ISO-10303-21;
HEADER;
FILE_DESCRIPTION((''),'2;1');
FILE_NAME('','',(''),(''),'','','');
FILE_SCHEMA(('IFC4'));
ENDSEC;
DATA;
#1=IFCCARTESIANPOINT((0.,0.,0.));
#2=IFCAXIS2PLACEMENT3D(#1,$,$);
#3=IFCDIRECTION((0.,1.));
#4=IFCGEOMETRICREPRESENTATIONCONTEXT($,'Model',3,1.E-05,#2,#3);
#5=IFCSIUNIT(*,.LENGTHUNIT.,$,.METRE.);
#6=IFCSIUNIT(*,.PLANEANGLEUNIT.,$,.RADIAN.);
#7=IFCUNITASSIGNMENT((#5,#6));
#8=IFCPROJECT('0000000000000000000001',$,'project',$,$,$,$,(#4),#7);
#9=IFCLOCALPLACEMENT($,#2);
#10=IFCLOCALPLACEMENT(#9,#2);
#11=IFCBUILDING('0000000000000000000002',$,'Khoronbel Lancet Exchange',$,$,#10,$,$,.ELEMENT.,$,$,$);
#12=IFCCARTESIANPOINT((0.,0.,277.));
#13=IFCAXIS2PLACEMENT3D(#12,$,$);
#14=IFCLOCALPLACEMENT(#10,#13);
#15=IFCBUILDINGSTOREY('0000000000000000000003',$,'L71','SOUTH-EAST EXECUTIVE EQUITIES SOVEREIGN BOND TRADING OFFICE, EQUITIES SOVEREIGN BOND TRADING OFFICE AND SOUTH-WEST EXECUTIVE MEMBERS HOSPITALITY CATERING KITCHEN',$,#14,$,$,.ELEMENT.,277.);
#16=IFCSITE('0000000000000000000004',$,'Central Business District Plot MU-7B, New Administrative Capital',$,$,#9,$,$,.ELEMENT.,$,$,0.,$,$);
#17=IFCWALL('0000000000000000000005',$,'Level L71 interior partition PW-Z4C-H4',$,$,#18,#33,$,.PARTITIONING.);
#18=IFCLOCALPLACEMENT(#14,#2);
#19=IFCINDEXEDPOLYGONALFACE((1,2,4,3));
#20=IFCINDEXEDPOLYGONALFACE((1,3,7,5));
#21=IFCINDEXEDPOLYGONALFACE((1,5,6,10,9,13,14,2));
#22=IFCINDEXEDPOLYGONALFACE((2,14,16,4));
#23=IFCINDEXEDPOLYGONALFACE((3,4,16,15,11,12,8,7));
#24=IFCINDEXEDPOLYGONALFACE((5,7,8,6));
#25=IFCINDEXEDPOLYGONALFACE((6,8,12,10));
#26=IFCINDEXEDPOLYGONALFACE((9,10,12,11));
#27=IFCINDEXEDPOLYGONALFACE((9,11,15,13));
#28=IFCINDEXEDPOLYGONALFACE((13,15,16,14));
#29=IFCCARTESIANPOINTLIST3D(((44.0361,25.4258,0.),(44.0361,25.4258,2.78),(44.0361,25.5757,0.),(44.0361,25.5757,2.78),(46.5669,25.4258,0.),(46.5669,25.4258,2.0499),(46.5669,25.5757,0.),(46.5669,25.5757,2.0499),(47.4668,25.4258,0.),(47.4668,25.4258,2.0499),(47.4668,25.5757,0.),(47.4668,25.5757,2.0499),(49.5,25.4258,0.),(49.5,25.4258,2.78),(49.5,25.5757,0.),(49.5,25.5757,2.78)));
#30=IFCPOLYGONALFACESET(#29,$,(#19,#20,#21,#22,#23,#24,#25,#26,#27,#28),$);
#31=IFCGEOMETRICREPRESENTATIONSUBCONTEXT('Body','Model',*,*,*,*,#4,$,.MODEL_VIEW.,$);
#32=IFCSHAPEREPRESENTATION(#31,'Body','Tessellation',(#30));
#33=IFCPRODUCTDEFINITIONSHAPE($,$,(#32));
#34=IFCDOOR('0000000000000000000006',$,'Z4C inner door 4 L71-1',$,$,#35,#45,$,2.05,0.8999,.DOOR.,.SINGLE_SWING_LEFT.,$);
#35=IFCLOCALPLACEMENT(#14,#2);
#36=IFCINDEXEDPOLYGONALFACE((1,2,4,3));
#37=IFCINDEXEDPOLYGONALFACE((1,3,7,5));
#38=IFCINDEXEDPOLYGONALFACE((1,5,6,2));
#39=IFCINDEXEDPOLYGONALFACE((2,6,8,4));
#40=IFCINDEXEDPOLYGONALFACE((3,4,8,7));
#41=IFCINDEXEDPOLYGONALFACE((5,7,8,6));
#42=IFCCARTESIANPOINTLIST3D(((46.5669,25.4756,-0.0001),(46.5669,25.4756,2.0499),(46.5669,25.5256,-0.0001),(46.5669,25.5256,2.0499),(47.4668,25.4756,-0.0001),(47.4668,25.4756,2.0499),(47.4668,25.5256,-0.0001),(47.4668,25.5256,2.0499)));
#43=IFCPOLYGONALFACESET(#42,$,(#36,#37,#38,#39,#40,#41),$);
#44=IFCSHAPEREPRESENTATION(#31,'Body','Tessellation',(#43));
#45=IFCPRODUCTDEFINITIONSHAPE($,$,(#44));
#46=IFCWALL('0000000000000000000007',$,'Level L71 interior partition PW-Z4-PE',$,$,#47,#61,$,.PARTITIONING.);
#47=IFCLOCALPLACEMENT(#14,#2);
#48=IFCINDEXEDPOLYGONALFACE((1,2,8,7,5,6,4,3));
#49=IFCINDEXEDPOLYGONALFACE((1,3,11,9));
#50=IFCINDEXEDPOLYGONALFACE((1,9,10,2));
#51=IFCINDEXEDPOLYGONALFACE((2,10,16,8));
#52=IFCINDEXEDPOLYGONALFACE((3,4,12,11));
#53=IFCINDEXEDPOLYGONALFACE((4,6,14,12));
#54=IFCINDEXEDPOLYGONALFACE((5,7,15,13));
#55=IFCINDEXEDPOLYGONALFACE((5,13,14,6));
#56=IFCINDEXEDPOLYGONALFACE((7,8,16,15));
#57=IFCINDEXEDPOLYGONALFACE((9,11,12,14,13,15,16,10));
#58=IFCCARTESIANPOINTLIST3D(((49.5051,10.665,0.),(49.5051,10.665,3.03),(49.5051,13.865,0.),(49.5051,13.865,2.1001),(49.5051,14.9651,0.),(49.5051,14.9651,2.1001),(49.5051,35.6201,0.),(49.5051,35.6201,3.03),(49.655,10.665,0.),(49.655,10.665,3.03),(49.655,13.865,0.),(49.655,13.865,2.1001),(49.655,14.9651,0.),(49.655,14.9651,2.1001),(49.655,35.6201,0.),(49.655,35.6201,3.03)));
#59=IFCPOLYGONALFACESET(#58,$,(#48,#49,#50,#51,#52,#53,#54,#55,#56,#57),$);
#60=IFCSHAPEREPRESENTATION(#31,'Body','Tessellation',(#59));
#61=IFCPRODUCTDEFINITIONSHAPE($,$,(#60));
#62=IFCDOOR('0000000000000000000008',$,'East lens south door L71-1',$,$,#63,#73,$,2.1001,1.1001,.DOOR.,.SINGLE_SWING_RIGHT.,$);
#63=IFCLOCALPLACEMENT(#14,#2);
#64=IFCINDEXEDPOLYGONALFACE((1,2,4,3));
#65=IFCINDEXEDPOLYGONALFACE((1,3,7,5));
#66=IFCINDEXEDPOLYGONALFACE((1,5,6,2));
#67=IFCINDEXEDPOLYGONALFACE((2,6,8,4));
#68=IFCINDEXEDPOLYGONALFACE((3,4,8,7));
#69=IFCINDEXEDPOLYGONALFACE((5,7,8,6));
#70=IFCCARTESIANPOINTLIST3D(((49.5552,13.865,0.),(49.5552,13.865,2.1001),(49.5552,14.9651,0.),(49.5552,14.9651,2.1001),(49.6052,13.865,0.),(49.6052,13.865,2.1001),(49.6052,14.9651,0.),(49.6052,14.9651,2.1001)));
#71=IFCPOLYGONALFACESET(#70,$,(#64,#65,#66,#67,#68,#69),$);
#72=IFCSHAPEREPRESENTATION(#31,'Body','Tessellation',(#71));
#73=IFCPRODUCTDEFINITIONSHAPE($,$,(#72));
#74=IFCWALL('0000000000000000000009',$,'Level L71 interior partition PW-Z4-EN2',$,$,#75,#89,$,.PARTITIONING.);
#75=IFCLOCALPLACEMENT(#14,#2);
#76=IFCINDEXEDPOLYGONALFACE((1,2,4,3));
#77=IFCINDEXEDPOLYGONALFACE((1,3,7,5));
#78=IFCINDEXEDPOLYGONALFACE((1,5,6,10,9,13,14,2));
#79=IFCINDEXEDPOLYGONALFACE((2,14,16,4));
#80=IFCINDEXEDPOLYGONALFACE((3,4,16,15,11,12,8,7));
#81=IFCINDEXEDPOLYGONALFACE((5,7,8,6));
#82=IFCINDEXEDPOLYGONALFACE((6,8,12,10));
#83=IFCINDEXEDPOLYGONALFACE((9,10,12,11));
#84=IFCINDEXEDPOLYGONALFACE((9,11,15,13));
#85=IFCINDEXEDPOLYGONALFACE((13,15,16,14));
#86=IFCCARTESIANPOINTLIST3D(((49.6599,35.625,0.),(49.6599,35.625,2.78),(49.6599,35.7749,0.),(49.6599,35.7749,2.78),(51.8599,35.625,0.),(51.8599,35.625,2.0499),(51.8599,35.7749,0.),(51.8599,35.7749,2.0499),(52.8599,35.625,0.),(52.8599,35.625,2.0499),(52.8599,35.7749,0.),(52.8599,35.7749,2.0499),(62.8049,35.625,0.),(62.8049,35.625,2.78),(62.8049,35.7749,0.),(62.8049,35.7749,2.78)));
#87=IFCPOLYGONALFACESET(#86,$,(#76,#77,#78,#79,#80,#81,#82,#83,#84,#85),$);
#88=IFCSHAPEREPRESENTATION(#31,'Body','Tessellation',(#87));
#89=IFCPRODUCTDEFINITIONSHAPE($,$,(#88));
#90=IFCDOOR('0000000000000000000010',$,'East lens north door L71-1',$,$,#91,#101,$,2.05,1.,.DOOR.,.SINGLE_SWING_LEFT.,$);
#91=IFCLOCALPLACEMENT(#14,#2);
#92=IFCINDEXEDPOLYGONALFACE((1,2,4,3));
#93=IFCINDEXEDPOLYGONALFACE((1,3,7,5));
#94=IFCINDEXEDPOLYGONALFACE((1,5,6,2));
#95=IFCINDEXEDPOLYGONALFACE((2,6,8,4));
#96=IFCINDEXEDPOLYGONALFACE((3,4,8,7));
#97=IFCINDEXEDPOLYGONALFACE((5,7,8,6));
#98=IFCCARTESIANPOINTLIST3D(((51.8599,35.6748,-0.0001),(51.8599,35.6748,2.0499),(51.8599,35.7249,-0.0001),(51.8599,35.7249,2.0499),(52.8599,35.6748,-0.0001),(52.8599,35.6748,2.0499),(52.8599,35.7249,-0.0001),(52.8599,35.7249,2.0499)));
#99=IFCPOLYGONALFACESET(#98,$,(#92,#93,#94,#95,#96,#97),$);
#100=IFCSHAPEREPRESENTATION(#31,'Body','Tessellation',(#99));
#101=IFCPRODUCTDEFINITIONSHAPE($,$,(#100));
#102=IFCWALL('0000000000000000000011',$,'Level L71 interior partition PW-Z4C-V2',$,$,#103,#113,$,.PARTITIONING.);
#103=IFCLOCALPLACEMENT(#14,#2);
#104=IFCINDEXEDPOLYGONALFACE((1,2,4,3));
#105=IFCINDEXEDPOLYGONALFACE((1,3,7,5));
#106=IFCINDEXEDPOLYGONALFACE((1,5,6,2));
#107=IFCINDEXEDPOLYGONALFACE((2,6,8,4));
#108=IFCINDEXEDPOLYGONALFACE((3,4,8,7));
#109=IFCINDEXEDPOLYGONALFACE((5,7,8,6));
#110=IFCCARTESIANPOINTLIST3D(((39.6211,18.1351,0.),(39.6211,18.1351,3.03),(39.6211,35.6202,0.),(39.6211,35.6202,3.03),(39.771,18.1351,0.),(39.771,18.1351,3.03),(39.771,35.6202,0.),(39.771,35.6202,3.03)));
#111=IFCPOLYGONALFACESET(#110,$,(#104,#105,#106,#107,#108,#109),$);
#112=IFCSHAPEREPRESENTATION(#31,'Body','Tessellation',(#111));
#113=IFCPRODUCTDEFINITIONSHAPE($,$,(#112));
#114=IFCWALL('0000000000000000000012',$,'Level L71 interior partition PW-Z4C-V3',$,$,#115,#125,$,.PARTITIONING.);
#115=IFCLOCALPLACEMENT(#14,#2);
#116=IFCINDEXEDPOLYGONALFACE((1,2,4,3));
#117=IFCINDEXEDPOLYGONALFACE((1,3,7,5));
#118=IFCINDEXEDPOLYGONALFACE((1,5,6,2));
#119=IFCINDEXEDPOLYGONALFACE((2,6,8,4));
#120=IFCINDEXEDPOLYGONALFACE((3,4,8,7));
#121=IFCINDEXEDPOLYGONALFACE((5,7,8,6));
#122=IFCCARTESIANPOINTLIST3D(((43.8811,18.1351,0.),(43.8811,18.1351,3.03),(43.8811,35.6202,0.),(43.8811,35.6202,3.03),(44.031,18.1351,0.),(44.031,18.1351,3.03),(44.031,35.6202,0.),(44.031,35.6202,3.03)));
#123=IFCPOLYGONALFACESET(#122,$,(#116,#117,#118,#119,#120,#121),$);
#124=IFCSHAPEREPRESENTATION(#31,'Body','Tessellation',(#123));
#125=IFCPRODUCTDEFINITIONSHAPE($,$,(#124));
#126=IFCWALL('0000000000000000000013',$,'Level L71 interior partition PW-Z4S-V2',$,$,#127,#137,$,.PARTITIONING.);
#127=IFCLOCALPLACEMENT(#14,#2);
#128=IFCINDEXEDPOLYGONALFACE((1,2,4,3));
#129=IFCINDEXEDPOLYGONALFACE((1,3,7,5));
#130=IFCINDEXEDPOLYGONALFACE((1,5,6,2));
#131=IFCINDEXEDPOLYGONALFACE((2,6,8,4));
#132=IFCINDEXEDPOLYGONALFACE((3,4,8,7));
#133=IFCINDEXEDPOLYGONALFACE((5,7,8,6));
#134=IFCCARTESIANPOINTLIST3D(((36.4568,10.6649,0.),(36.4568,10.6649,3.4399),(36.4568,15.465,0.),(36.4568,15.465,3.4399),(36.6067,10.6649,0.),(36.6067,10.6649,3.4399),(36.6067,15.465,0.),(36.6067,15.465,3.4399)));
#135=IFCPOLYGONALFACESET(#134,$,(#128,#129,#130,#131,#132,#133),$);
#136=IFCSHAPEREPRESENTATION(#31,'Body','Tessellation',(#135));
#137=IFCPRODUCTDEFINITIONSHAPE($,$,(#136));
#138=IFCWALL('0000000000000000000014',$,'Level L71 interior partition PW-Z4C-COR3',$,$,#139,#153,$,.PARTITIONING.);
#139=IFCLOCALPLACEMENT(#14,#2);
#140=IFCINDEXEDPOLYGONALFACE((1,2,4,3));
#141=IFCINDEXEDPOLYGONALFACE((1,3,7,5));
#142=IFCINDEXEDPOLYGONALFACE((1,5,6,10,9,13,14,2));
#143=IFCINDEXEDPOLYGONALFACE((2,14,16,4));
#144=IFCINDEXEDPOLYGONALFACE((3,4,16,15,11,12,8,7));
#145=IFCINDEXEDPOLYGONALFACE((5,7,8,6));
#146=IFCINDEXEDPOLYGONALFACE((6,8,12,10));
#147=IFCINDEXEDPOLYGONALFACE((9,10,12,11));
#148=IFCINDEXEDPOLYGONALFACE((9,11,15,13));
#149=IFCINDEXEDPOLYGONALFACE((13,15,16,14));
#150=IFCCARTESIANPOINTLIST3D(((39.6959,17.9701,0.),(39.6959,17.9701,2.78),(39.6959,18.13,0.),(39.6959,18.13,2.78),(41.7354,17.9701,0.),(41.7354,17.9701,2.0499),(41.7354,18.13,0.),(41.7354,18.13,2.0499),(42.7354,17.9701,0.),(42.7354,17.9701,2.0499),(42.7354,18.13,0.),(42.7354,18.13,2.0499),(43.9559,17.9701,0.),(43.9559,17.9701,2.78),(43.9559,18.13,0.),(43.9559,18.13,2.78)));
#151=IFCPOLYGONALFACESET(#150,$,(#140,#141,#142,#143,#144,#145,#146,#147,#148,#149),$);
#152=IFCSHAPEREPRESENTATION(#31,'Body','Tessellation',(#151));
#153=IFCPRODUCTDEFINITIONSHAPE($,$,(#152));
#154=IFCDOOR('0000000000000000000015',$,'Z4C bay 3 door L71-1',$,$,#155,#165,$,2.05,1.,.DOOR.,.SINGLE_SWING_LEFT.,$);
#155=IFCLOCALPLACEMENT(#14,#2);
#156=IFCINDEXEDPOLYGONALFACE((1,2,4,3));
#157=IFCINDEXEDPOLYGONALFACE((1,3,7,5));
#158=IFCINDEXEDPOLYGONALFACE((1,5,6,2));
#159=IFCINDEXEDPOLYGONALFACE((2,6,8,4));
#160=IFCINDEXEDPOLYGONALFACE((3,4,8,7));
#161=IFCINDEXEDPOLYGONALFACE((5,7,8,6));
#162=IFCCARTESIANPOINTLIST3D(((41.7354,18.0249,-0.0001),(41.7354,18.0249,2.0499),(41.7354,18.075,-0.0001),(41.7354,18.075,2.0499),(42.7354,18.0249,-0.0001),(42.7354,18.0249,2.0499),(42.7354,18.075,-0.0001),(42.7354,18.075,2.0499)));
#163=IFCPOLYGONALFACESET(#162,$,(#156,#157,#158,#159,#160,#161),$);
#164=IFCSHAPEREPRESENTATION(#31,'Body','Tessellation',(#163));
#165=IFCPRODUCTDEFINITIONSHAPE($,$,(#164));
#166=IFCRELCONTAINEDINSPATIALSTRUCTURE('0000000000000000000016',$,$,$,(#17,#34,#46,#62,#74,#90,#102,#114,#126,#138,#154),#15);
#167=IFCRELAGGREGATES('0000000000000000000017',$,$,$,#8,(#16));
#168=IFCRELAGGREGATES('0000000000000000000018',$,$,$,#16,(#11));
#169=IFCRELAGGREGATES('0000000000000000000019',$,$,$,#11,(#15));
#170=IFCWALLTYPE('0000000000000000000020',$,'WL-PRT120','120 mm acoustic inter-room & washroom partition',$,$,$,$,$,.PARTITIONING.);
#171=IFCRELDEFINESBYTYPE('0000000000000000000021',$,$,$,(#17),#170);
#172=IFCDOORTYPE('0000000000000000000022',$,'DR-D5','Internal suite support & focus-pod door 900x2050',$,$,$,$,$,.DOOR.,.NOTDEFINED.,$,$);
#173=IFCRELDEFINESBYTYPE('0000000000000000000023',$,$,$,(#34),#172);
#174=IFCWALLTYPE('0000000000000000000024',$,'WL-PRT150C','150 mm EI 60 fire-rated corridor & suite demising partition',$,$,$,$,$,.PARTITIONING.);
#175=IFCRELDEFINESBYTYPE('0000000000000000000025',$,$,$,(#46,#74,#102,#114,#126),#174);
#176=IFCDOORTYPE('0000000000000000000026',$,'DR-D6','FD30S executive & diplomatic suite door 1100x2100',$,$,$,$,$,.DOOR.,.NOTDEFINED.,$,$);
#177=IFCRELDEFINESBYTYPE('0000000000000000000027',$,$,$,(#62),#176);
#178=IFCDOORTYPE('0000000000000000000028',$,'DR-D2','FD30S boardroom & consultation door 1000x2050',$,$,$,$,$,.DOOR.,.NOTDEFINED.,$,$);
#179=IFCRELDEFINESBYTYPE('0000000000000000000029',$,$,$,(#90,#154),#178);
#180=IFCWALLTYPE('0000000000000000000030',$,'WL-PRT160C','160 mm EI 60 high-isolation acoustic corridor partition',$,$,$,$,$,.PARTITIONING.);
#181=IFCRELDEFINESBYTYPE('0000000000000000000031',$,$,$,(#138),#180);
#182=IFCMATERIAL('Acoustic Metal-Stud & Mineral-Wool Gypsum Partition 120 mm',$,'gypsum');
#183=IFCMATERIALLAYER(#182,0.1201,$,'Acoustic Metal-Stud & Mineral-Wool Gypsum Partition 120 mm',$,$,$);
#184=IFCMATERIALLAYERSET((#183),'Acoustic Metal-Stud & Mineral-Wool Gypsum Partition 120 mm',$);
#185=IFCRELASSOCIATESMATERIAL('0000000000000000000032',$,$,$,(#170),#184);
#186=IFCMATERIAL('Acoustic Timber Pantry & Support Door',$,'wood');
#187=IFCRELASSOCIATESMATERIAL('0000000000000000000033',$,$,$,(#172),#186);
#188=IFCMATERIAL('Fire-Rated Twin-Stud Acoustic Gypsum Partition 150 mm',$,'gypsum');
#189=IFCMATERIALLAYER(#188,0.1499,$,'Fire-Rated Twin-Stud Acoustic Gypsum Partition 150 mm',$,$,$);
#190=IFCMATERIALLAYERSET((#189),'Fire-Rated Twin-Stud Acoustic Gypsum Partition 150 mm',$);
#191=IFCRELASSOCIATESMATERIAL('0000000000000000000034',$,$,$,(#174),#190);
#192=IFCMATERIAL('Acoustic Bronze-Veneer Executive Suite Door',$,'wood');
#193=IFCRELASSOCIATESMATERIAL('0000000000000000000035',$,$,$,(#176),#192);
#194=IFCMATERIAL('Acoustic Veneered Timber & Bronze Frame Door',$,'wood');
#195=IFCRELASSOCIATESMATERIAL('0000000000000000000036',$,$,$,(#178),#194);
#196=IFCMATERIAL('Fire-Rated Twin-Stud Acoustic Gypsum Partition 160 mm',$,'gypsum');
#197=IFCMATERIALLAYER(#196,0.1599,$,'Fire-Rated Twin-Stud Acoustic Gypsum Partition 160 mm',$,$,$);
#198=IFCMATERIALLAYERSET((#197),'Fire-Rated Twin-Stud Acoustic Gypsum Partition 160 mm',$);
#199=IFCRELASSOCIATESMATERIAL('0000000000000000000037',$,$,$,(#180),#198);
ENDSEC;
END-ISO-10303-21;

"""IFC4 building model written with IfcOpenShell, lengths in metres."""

from ifc_helpers import new_model, si_unit, direction, frame, frame_2d, origin, place, context, subcontext, project, spatial, rectangle, extrude, material, layer, layer_set, type_object, element, fill, save


model = new_model("IFC4")

# Units and contexts
model_context = context("Model", 3, precision=1e-05, world=origin(), true_north=direction((0.0, 1.0)))
body_context = subcontext(model_context, "Body", "Model", "MODEL_VIEW")
ifc_project = project(units=[si_unit("LENGTHUNIT", "METRE"), si_unit("PLANEANGLEUNIT", "RADIAN")], contexts=[model_context])

# Site, building, storey
site_placement = place(None, origin())
site = spatial("IfcSite", under=ifc_project, at=site_placement, Name="Central Business District Plot MU-7B, New Administrative Capital", CompositionType="ELEMENT", RefElevation=0.0)
building_placement = place(site_placement, origin())
building = spatial("IfcBuilding", under=site, at=building_placement, Name="Khoronbel Lancet Exchange", CompositionType="ELEMENT")
storey_placement = place(building_placement, frame((0.0, 0.0, 277.0)))
storey = spatial("IfcBuildingStorey", under=building, at=storey_placement, Name="L71", Description="SOUTH-EAST EXECUTIVE EQUITIES SOVEREIGN BOND TRADING OFFICE, EQUITIES SOVEREIGN BOND TRADING OFFICE AND SOUTH-WEST EXECUTIVE MEMBERS HOSPITALITY CATERING KITCHEN", CompositionType="ELEMENT", Elevation=277.0)

# Walls, openings, doors
ifc_material_1 = material(Name="Acoustic Metal-Stud & Mineral-Wool Gypsum Partition 120 mm", Category="gypsum")
ifc_layer_1 = layer(ifc_material_1, 0.1201, Name="Acoustic Metal-Stud & Mineral-Wool Gypsum Partition 120 mm")
ifc_layer_set_1 = layer_set([ifc_layer_1], Name="Acoustic Metal-Stud & Mineral-Wool Gypsum Partition 120 mm")
wall_type_1 = type_object("IfcWallType", Name="WL-PRT120", Description="120 mm acoustic inter-room & washroom partition", PredefinedType="PARTITIONING", material=ifc_layer_set_1)
ifc_material_2 = material(Name="Acoustic Timber Pantry & Support Door", Category="wood")
door_type_1 = type_object("IfcDoorType", Name="DR-D5", Description="Internal suite support & focus-pod door 900x2050", OperationType="NOTDEFINED", PredefinedType="DOOR", material=ifc_material_2)
wall_1_placement = place(storey_placement, frame((44.0361, 25.5007, 0.0), z_axis=(0.0, 0.0, 1.0), x_axis=(1.0, 0.0, 0.0)))
wall_1 = element("IfcWall", 1, at=wall_1_placement, inside=storey, type_object=wall_type_1, Name="Level L71 interior partition PW-Z4C-H4", PredefinedType="PARTITIONING", context=body_context, shape_type="SweptSolid", body=[
    extrude(rectangle(XDim=5.4639, YDim=0.1499, at=frame_2d((2.7319, 0.0))), origin(), (0.0, 0.0, 1.0), 2.78),
])
opening_1_placement = place(wall_1_placement, frame((2.5308, 0.0, 0.0)))
opening_1 = element("IfcOpeningElement", 2, at=opening_1_placement, cuts=wall_1, PredefinedType="OPENING", context=body_context, shape_type="SweptSolid", body=[
    extrude(rectangle(XDim=0.8999, YDim=2.05, at=frame_2d((0.45, 1.0249))), frame((0.0, 0.085, 0.0), z_axis=(0.0, -1.0, 0.0), x_axis=(1.0, 0.0, 0.0)), (0.0, 0.0, 1.0), 0.1699),
])
door_1_placement = place(opening_1_placement, origin())
door_1 = element("IfcDoor", 3, at=door_1_placement, inside=storey, type_object=door_type_1, Name="Z4C inner door 4 L71-1", OperationType="SINGLE_SWING_LEFT", OverallHeight=2.05, OverallWidth=0.8999, PredefinedType="DOOR", context=body_context, shape_type="SweptSolid", body=[
    extrude(rectangle(XDim=0.8999, YDim=2.05, at=frame_2d((0.45, 1.0249))), frame((0.0, 0.0249, 0.0), z_axis=(0.0, -1.0, 0.0), x_axis=(1.0, 0.0, 0.0)), (0.0, 0.0, 1.0), 0.05),
])
fill(opening_1, door_1)
ifc_material_3 = material(Name="Fire-Rated Twin-Stud Acoustic Gypsum Partition 150 mm", Category="gypsum")
ifc_layer_2 = layer(ifc_material_3, 0.1499, Name="Fire-Rated Twin-Stud Acoustic Gypsum Partition 150 mm")
ifc_layer_set_2 = layer_set([ifc_layer_2], Name="Fire-Rated Twin-Stud Acoustic Gypsum Partition 150 mm")
wall_type_2 = type_object("IfcWallType", Name="WL-PRT150C", Description="150 mm EI 60 fire-rated corridor & suite demising partition", PredefinedType="PARTITIONING", material=ifc_layer_set_2)
wall_2_placement = place(storey_placement, frame((49.5801, 10.665, 0.0), z_axis=(0.0, 0.0, 1.0), x_axis=(0.0, 1.0, 0.0)))
wall_2 = element("IfcWall", 4, at=wall_2_placement, inside=storey, type_object=wall_type_2, Name="Level L71 interior partition PW-Z4-PE", PredefinedType="PARTITIONING", context=body_context, shape_type="SweptSolid", body=[
    extrude(rectangle(XDim=24.9551, YDim=0.1499, at=frame_2d((12.4775, 0.0))), origin(), (0.0, 0.0, 1.0), 3.03),
])
opening_2_placement = place(wall_2_placement, frame((3.2, 0.0, 0.0)))
opening_2 = element("IfcOpeningElement", 5, at=opening_2_placement, cuts=wall_2, PredefinedType="OPENING", context=body_context, shape_type="SweptSolid", body=[
    extrude(rectangle(XDim=1.1001, YDim=2.1001, at=frame_2d((0.55, 1.05))), frame((0.0, 0.085, 0.0), z_axis=(0.0, -1.0, 0.0), x_axis=(1.0, 0.0, 0.0)), (0.0, 0.0, 1.0), 0.1699),
])
ifc_material_4 = material(Name="Acoustic Bronze-Veneer Executive Suite Door", Category="wood")
door_type_2 = type_object("IfcDoorType", Name="DR-D6", Description="FD30S executive & diplomatic suite door 1100x2100", OperationType="NOTDEFINED", PredefinedType="DOOR", material=ifc_material_4)
door_2_placement = place(opening_2_placement, origin())
door_2 = element("IfcDoor", 6, at=door_2_placement, inside=storey, type_object=door_type_2, Name="East lens south door L71-1", OperationType="SINGLE_SWING_RIGHT", OverallHeight=2.1001, OverallWidth=1.1001, PredefinedType="DOOR", context=body_context, shape_type="SweptSolid", body=[
    extrude(rectangle(XDim=1.1001, YDim=2.1001, at=frame_2d((0.55, 1.05))), frame((0.0, 0.0249, 0.0), z_axis=(0.0, -1.0, 0.0), x_axis=(1.0, 0.0, 0.0)), (0.0, 0.0, 1.0), 0.05),
])
fill(opening_2, door_2)
wall_3_placement = place(storey_placement, frame((49.6599, 35.7, 0.0), z_axis=(0.0, 0.0, 1.0), x_axis=(1.0, 0.0, 0.0)))
wall_3 = element("IfcWall", 7, at=wall_3_placement, inside=storey, type_object=wall_type_2, Name="Level L71 interior partition PW-Z4-EN2", PredefinedType="PARTITIONING", context=body_context, shape_type="SweptSolid", body=[
    extrude(rectangle(XDim=13.145, YDim=0.1499, at=frame_2d((6.5725, 0.0))), origin(), (0.0, 0.0, 1.0), 2.78),
])
opening_3_placement = place(wall_3_placement, frame((2.2, 0.0, 0.0)))
opening_3 = element("IfcOpeningElement", 8, at=opening_3_placement, cuts=wall_3, PredefinedType="OPENING", context=body_context, shape_type="SweptSolid", body=[
    extrude(rectangle(XDim=1.0, YDim=2.05, at=frame_2d((0.5, 1.0249))), frame((0.0, 0.085, 0.0), z_axis=(0.0, -1.0, 0.0), x_axis=(1.0, 0.0, 0.0)), (0.0, 0.0, 1.0), 0.1699),
])
ifc_material_5 = material(Name="Acoustic Veneered Timber & Bronze Frame Door", Category="wood")
door_type_3 = type_object("IfcDoorType", Name="DR-D2", Description="FD30S boardroom & consultation door 1000x2050", OperationType="NOTDEFINED", PredefinedType="DOOR", material=ifc_material_5)
door_3_placement = place(opening_3_placement, origin())
door_3 = element("IfcDoor", 9, at=door_3_placement, inside=storey, type_object=door_type_3, Name="East lens north door L71-1", OperationType="SINGLE_SWING_LEFT", OverallHeight=2.05, OverallWidth=1.0, PredefinedType="DOOR", context=body_context, shape_type="SweptSolid", body=[
    extrude(rectangle(XDim=1.0, YDim=2.05, at=frame_2d((0.5, 1.0249))), frame((0.0, 0.0249, 0.0), z_axis=(0.0, -1.0, 0.0), x_axis=(1.0, 0.0, 0.0)), (0.0, 0.0, 1.0), 0.05),
])
fill(opening_3, door_3)

# Walls
for number, where, z_axis, x_axis, name in (
    (10, (39.696, 18.135, 0.0), (0.0, 0.0, 1.0), (0.0, 1.0, 0.0), "Level L71 interior partition PW-Z4C-V2"),
    (11, (43.9561, 18.135, 0.0), (0.0, 0.0, 1.0), (0.0, 1.0, 0.0), "Level L71 interior partition PW-Z4C-V3"),
):
    element("IfcWall", number, at=place(storey_placement, frame(where, z_axis=z_axis, x_axis=x_axis)), inside=storey, type_object=wall_type_2, Name=name, PredefinedType="PARTITIONING", context=body_context, shape_type="SweptSolid", body=[
        extrude(rectangle(XDim=17.4851, YDim=0.1499, at=frame_2d((8.7427, 0.0))), origin(), (0.0, 0.0, 1.0), 3.03),
    ])
wall_4_placement = place(storey_placement, frame((36.5317, 10.665, 0.0), z_axis=(0.0, 0.0, 1.0), x_axis=(0.0, 1.0, 0.0)))
element("IfcWall", 12, at=wall_4_placement, inside=storey, type_object=wall_type_2, Name="Level L71 interior partition PW-Z4S-V2", PredefinedType="PARTITIONING", context=body_context, shape_type="SweptSolid", body=[
    extrude(rectangle(XDim=4.8, YDim=0.1499, at=frame_2d((2.3999, 0.0))), origin(), (0.0, 0.0, 1.0), 3.4399),
])

# Wall, opening, door
ifc_material_6 = material(Name="Fire-Rated Twin-Stud Acoustic Gypsum Partition 160 mm", Category="gypsum")
ifc_layer_3 = layer(ifc_material_6, 0.1599, Name="Fire-Rated Twin-Stud Acoustic Gypsum Partition 160 mm")
ifc_layer_set_3 = layer_set([ifc_layer_3], Name="Fire-Rated Twin-Stud Acoustic Gypsum Partition 160 mm")
wall_type_3 = type_object("IfcWallType", Name="WL-PRT160C", Description="160 mm EI 60 high-isolation acoustic corridor partition", PredefinedType="PARTITIONING", material=ifc_layer_set_3)
wall_5_placement = place(storey_placement, frame((39.696, 18.05, 0.0), z_axis=(0.0, 0.0, 1.0), x_axis=(1.0, 0.0, 0.0)))
wall_5 = element("IfcWall", 13, at=wall_5_placement, inside=storey, type_object=wall_type_3, Name="Level L71 interior partition PW-Z4C-COR3", PredefinedType="PARTITIONING", context=body_context, shape_type="SweptSolid", body=[
    extrude(rectangle(XDim=4.26, YDim=0.1599, at=frame_2d((2.1299, 0.0))), origin(), (0.0, 0.0, 1.0), 2.78),
])
opening_4_placement = place(wall_5_placement, frame((2.0393, 0.0, 0.0)))
opening_4 = element("IfcOpeningElement", 14, at=opening_4_placement, cuts=wall_5, PredefinedType="OPENING", context=body_context, shape_type="SweptSolid", body=[
    extrude(rectangle(XDim=1.0, YDim=2.05, at=frame_2d((0.5, 1.0249))), frame((0.0, 0.0898, 0.0), z_axis=(0.0, -1.0, 0.0), x_axis=(1.0, 0.0, 0.0)), (0.0, 0.0, 1.0), 0.1799),
])
door_4_placement = place(opening_4_placement, origin())
door_4 = element("IfcDoor", 15, at=door_4_placement, inside=storey, type_object=door_type_3, Name="Z4C bay 3 door L71-1", OperationType="SINGLE_SWING_LEFT", OverallHeight=2.05, OverallWidth=1.0, PredefinedType="DOOR", context=body_context, shape_type="SweptSolid", body=[
    extrude(rectangle(XDim=1.0, YDim=2.05, at=frame_2d((0.5, 1.0249))), frame((0.0, 0.0249, 0.0), z_axis=(0.0, -1.0, 0.0), x_axis=(1.0, 0.0, 0.0)), (0.0, 0.0, 1.0), 0.05),
])
fill(opening_4, door_4)

save(model, "model.ifc")
